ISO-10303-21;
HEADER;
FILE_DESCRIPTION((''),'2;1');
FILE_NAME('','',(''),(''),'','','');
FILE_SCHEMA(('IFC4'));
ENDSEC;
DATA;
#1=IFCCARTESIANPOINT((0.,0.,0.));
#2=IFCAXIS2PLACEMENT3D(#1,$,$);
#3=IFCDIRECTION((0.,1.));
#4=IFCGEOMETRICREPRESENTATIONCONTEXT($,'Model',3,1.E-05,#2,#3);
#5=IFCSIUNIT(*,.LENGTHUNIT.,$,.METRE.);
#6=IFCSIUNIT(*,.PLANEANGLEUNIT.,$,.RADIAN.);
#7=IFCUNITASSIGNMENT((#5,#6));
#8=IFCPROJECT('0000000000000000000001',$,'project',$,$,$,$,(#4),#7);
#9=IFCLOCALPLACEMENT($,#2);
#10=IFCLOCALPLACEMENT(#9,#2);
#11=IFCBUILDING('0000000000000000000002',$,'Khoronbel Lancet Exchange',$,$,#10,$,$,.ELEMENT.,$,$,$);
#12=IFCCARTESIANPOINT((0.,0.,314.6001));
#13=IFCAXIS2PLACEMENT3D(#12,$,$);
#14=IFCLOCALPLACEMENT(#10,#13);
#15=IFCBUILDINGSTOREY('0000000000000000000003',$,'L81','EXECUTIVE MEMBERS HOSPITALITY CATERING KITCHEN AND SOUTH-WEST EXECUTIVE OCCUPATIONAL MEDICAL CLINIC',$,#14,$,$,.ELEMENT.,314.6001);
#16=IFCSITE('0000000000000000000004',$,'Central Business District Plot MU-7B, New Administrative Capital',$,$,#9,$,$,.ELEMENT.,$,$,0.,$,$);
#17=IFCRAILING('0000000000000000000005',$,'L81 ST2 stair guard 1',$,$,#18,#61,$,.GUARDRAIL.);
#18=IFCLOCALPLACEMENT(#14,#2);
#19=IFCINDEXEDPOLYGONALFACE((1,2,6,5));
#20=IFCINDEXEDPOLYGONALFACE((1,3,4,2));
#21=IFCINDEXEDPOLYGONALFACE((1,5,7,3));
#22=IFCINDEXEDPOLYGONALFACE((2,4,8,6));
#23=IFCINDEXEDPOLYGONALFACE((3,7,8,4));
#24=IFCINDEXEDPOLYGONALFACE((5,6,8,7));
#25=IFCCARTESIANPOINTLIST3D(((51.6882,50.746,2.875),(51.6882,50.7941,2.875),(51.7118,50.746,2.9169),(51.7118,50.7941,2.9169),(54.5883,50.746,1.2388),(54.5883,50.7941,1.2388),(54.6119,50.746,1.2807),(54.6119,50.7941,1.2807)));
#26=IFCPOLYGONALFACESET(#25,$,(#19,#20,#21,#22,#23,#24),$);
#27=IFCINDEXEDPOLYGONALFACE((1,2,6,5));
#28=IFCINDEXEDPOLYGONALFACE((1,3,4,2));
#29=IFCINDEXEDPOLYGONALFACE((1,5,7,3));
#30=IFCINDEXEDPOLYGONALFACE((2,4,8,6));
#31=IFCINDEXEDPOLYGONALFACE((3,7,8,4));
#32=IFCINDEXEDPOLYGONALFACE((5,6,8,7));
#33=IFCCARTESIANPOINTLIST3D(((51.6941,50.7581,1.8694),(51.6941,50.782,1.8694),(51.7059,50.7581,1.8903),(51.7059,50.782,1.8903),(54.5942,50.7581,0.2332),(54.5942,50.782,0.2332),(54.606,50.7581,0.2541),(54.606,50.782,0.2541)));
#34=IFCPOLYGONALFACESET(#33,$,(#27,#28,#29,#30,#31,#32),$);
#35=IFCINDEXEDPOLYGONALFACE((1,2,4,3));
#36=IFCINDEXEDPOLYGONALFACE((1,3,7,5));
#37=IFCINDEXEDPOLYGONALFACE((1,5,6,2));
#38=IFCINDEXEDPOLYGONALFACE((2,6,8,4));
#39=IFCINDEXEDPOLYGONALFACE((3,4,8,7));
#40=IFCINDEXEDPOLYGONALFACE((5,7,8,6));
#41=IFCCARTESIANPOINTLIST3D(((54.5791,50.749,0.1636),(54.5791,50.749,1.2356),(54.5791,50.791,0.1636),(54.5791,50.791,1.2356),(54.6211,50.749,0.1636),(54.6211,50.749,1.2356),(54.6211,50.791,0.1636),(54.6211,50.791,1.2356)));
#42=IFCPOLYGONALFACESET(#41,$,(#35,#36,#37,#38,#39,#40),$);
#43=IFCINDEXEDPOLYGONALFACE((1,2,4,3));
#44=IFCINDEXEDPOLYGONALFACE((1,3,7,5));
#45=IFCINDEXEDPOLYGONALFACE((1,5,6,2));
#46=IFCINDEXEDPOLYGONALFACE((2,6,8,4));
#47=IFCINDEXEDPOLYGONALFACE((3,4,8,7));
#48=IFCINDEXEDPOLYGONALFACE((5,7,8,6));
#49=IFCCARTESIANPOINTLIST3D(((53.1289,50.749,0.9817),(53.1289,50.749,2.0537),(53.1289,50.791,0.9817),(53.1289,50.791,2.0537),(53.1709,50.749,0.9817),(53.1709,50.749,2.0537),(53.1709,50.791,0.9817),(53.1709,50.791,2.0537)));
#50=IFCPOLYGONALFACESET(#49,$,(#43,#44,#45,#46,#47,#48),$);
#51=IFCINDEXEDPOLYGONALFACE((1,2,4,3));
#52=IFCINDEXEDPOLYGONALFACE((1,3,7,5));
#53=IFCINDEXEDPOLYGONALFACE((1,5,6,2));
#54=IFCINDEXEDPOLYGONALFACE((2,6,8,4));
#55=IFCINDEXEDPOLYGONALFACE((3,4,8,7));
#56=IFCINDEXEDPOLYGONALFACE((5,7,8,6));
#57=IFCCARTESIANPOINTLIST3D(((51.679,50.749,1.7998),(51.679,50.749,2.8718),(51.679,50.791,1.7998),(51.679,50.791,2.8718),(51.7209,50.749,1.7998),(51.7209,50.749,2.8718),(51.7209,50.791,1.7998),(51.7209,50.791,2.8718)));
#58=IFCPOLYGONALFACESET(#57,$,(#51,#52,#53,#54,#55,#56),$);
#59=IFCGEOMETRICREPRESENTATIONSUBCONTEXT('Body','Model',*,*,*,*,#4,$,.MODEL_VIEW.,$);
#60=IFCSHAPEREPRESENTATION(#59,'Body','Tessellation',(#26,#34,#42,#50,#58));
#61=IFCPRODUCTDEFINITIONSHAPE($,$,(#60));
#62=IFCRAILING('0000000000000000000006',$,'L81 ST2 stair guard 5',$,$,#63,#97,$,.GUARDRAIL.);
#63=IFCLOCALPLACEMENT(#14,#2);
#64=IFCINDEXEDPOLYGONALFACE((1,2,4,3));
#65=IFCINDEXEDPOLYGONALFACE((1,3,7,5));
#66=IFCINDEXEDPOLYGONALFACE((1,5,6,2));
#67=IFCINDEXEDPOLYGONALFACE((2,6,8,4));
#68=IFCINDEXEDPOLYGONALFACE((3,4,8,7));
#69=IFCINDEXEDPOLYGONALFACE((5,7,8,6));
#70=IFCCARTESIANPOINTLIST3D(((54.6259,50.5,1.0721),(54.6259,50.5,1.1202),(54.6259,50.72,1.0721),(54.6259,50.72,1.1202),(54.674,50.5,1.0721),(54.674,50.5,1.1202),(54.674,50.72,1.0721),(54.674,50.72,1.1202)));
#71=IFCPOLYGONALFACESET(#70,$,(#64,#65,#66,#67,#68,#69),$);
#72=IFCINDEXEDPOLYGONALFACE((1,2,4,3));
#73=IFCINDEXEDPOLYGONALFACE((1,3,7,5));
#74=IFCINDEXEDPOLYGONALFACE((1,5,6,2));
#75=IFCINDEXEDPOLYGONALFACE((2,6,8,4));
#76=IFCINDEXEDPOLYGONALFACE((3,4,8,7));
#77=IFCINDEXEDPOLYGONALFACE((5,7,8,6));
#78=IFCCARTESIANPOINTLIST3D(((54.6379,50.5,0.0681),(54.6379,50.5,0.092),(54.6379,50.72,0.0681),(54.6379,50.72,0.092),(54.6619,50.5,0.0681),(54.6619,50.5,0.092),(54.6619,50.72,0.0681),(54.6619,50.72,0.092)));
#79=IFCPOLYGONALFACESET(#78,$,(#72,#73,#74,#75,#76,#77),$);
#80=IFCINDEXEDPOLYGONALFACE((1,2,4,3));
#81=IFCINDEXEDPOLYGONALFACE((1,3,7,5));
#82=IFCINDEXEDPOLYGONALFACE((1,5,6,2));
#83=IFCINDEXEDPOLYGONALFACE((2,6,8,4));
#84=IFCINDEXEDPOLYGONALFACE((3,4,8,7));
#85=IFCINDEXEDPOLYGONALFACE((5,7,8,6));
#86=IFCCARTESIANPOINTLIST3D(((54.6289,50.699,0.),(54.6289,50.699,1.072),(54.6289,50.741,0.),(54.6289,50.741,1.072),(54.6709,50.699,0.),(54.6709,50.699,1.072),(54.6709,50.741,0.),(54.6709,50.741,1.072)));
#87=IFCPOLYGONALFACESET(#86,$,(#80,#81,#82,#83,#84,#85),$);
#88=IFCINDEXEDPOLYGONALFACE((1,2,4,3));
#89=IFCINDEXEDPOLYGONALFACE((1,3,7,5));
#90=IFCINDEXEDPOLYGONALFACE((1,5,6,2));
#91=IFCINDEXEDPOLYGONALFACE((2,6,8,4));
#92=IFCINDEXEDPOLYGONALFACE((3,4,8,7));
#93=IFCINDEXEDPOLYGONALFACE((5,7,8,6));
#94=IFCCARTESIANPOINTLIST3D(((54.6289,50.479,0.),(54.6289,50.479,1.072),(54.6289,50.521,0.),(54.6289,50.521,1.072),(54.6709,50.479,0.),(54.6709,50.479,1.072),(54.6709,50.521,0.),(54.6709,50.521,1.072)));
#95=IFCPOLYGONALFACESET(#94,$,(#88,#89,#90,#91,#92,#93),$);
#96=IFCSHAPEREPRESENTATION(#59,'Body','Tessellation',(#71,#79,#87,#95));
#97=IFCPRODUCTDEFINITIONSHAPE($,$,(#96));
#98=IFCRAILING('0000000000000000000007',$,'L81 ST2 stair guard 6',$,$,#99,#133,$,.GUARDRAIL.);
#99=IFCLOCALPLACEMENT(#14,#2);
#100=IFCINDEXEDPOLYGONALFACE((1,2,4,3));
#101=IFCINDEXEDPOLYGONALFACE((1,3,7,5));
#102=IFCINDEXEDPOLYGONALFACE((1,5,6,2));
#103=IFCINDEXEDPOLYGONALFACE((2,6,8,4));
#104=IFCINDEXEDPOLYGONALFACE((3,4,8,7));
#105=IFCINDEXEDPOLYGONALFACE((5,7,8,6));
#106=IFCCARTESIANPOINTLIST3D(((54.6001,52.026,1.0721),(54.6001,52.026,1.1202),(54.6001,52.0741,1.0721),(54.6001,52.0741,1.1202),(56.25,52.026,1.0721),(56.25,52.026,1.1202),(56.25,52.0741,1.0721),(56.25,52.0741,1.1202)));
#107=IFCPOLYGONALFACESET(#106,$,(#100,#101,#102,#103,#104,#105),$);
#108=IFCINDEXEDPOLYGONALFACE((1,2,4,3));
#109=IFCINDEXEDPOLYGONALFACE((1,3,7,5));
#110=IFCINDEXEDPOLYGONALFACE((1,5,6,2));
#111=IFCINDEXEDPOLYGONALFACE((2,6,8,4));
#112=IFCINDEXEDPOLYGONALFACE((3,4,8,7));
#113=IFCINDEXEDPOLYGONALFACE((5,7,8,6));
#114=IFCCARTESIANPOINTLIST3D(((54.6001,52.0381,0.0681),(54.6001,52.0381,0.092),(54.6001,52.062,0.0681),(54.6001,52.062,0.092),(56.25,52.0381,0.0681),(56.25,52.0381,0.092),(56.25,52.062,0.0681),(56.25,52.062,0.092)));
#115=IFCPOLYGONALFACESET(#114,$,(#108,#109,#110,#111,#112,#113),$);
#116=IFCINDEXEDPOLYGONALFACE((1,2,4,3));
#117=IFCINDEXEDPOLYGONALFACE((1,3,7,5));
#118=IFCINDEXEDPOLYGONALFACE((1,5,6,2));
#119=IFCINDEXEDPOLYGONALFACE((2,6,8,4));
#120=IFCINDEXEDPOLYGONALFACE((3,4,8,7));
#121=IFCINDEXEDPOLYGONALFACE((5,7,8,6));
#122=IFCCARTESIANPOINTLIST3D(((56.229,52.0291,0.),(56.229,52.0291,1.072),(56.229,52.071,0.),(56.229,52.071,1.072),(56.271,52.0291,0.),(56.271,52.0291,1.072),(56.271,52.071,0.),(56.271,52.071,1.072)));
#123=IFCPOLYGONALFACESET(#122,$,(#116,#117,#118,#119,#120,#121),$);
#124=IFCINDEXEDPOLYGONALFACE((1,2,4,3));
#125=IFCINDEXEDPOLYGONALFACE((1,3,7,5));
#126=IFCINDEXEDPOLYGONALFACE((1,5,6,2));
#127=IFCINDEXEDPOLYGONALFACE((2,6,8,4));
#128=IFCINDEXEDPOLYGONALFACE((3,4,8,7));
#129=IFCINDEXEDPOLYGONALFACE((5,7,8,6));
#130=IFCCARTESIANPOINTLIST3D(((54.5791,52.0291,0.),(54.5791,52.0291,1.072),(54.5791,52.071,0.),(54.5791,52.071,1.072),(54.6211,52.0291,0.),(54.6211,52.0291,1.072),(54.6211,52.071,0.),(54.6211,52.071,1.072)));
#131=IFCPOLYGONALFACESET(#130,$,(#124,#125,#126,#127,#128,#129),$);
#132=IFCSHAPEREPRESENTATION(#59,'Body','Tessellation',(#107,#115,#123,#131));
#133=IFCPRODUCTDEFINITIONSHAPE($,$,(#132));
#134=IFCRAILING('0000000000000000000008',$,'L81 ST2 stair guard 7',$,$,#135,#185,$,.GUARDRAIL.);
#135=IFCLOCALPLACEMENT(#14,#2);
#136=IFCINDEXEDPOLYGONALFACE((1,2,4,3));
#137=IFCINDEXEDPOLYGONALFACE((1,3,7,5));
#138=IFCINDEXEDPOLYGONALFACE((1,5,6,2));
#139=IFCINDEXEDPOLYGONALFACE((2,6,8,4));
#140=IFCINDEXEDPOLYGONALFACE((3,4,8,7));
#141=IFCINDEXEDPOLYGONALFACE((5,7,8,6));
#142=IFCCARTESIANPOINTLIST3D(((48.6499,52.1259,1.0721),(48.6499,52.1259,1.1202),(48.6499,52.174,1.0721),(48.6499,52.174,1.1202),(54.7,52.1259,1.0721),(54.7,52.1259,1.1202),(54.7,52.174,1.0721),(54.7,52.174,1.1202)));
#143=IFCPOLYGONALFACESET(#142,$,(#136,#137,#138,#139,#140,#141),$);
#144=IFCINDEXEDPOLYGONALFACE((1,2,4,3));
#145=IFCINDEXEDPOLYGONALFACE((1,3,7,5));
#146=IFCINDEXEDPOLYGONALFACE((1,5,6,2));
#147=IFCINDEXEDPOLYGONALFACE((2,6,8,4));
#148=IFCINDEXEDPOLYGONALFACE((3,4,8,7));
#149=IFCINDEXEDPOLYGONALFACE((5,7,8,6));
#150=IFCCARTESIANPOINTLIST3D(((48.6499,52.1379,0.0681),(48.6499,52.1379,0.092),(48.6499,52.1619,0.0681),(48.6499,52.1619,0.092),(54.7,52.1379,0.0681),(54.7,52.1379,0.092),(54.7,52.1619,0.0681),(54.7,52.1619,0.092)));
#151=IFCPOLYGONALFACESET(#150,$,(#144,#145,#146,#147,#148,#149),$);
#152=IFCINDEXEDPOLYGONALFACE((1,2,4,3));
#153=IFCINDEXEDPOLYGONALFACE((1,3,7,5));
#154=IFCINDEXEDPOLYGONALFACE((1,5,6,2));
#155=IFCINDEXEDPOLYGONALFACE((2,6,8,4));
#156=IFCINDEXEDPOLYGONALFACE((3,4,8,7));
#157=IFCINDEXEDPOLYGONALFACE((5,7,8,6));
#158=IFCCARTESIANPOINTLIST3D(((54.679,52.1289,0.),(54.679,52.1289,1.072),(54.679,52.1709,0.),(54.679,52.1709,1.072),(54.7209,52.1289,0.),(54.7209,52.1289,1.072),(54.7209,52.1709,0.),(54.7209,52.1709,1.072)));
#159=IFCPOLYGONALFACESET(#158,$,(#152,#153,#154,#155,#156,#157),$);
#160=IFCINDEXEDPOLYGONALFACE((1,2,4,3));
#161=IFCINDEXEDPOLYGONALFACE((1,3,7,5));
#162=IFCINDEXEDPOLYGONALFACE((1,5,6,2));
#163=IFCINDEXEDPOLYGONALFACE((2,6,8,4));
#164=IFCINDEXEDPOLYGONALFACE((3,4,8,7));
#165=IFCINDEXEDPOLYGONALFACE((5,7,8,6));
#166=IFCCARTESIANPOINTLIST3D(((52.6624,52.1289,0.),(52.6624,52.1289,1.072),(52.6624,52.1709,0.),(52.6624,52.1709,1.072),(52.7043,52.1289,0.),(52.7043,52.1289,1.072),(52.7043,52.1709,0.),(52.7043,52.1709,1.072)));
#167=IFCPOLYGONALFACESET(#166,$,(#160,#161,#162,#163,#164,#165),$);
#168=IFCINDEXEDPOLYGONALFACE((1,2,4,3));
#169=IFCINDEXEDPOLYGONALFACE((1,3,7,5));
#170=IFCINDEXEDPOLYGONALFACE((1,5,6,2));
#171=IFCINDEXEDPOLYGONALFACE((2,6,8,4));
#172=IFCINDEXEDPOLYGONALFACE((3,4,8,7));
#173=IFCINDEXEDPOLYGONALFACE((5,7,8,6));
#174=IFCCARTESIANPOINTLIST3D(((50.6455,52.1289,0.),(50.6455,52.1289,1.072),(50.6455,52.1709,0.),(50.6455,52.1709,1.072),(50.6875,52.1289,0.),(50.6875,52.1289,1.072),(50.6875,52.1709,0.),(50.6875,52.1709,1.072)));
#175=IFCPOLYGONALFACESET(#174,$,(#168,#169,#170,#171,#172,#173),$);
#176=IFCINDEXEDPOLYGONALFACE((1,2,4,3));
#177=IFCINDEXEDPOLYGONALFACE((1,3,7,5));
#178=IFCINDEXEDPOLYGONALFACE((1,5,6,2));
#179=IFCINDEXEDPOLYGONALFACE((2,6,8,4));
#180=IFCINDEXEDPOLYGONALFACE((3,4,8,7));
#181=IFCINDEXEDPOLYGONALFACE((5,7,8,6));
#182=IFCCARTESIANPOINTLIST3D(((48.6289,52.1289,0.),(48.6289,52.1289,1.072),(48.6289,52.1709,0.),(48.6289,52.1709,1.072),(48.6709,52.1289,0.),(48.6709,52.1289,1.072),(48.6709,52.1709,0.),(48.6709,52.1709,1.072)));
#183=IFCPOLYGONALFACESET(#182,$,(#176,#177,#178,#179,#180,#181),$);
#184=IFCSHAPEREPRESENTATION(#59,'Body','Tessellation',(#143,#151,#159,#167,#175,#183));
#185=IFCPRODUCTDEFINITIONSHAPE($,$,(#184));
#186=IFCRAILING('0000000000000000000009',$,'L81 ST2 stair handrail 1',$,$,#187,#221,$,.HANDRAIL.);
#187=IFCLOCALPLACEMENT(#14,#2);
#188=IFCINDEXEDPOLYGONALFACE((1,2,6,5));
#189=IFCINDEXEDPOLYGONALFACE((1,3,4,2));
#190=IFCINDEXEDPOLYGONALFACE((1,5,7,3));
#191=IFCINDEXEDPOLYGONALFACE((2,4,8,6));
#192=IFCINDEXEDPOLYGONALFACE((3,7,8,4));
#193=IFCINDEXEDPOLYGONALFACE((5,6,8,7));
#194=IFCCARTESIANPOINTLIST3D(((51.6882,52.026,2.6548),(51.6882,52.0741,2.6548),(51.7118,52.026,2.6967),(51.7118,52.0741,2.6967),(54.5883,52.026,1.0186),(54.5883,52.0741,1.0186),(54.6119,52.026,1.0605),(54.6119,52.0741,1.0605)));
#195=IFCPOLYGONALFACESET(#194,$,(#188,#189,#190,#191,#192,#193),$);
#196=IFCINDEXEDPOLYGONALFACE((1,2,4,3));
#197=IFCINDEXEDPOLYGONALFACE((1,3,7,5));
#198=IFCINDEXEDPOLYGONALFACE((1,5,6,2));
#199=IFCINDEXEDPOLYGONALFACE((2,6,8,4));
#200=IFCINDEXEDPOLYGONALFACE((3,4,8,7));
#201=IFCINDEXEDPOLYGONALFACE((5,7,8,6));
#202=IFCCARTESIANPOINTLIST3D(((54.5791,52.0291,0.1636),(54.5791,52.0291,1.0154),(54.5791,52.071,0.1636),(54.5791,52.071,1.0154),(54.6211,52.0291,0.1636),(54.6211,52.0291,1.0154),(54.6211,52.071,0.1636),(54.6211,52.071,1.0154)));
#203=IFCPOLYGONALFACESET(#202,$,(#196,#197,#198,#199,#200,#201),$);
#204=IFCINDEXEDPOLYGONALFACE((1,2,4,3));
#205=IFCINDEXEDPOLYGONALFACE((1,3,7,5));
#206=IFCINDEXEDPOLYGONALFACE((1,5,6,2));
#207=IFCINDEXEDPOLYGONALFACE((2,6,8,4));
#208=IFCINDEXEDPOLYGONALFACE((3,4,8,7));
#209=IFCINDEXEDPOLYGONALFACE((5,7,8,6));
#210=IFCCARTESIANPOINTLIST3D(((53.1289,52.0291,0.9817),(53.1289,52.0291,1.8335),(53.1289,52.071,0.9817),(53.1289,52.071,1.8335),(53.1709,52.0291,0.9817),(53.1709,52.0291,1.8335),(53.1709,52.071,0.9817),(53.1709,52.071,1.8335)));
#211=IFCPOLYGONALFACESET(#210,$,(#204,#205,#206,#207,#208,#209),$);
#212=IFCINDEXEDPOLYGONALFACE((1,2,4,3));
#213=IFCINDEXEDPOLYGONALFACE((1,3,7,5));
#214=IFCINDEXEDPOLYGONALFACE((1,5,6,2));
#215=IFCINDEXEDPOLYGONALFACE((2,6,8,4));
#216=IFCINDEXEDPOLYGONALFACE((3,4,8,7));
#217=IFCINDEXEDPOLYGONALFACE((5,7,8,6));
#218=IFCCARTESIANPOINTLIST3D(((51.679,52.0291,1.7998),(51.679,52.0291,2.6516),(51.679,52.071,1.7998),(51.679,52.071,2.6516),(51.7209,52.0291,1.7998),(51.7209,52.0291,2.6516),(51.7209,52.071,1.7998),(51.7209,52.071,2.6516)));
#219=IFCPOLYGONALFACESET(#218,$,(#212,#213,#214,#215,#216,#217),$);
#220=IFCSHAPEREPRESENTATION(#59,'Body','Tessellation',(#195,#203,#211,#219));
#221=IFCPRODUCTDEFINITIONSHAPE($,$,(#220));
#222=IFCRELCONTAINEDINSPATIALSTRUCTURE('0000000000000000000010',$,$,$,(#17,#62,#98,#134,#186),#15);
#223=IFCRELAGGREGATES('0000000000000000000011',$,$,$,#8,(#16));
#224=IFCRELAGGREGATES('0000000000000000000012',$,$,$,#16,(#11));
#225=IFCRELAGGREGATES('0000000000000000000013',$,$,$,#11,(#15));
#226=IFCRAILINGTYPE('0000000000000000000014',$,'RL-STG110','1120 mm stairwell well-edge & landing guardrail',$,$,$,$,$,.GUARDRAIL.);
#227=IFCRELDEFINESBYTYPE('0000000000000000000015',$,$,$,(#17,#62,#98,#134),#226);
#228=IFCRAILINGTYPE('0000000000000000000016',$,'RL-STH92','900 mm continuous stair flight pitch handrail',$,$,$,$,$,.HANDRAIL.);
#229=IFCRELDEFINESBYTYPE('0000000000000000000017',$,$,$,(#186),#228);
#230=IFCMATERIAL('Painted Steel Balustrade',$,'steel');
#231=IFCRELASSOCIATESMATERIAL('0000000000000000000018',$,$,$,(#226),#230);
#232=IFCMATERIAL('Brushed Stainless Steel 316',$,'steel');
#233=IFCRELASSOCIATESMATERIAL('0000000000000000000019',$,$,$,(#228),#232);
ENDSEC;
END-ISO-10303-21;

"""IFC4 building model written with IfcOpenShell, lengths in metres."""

from ifc_helpers import new_model, si_unit, direction, frame, origin, origin_2d, place, context, subcontext, project, spatial, rectangle, extrude, material, type_object, element, save


model = new_model("IFC4")

# Units and contexts
model_context = context("Model", 3, precision=1e-05, world=origin(), true_north=direction((0.0, 1.0)))
body_context = subcontext(model_context, "Body", "Model", "MODEL_VIEW")
ifc_project = project(units=[si_unit("LENGTHUNIT", "METRE"), si_unit("PLANEANGLEUNIT", "RADIAN")], contexts=[model_context])

# Site, building, storey
site_placement = place(None, origin())
site = spatial("IfcSite", under=ifc_project, at=site_placement, Name="Central Business District Plot MU-7B, New Administrative Capital", CompositionType="ELEMENT", RefElevation=0.0)
building_placement = place(site_placement, origin())
building = spatial("IfcBuilding", under=site, at=building_placement, Name="Khoronbel Lancet Exchange", CompositionType="ELEMENT")
storey_placement = place(building_placement, frame((0.0, 0.0, 314.6001)))
storey = spatial("IfcBuildingStorey", under=building, at=storey_placement, Name="L81", Description="EXECUTIVE MEMBERS HOSPITALITY CATERING KITCHEN AND SOUTH-WEST EXECUTIVE OCCUPATIONAL MEDICAL CLINIC", CompositionType="ELEMENT", Elevation=314.6001)

# Railings
ifc_material_1 = material(Name="Painted Steel Balustrade", Category="steel")
railing_type_1 = type_object("IfcRailingType", Name="RL-STG110", Description="1120 mm stairwell well-edge & landing guardrail", PredefinedType="GUARDRAIL", material=ifc_material_1)
railing_1_placement = place(storey_placement, frame((54.6001, 50.77, 0.1636)))
element("IfcRailing", 1, at=railing_1_placement, inside=storey, type_object=railing_type_1, Name="L81 ST2 stair guard 1", PredefinedType="GUARDRAIL", context=body_context, shape_type="SweptSolid", body=[
    extrude(rectangle(XDim=0.0481, YDim=0.0481, at=origin_2d()), frame((0.0, 0.0, 1.0962), z_axis=(-0.870946, 0.0, 0.491378), x_axis=(0.0, -1.0, 0.0)), (0.0, 0.0, 1.0), 3.3298),
    extrude(rectangle(XDim=0.0239, YDim=0.0239, at=origin_2d()), frame((0.0, 0.0, 0.0801), z_axis=(-0.870946, 0.0, 0.491378), x_axis=(0.0, -1.0, 0.0)), (0.0, 0.0, 1.0), 3.3298),
    extrude(rectangle(XDim=0.042, YDim=0.042, at=origin_2d()), origin(), (0.0, 0.0, 1.0), 1.072),
    extrude(rectangle(XDim=0.042, YDim=0.042, at=origin_2d()), frame((-1.4502, 0.0, 0.8181)), (0.0, 0.0, 1.0), 1.072),
    extrude(rectangle(XDim=0.042, YDim=0.042, at=origin_2d()), frame((-2.9001, 0.0, 1.6362)), (0.0, 0.0, 1.0), 1.072),
])
railing_2_placement = place(storey_placement, frame((54.6499, 50.72, 0.0)))
element("IfcRailing", 2, at=railing_2_placement, inside=storey, type_object=railing_type_1, Name="L81 ST2 stair guard 5", PredefinedType="GUARDRAIL", context=body_context, shape_type="SweptSolid", body=[
    extrude(rectangle(XDim=0.0481, YDim=0.0481, at=origin_2d()), frame((0.0, 0.0, 1.0962), z_axis=(0.0, -1.0, 0.0), x_axis=(1.0, 0.0, 0.0)), (0.0, 0.0, 1.0), 0.22),
    extrude(rectangle(XDim=0.0239, YDim=0.0239, at=origin_2d()), frame((0.0, 0.0, 0.0801), z_axis=(0.0, -1.0, 0.0), x_axis=(1.0, 0.0, 0.0)), (0.0, 0.0, 1.0), 0.22),
    extrude(rectangle(XDim=0.042, YDim=0.042, at=origin_2d()), origin(), (0.0, 0.0, 1.0), 1.072),
    extrude(rectangle(XDim=0.042, YDim=0.042, at=origin_2d()), frame((0.0, -0.22, 0.0)), (0.0, 0.0, 1.0), 1.072),
])
railing_3_placement = place(storey_placement, frame((56.25, 52.05, 0.0)))
element("IfcRailing", 3, at=railing_3_placement, inside=storey, type_object=railing_type_1, Name="L81 ST2 stair guard 6", PredefinedType="GUARDRAIL", context=body_context, shape_type="SweptSolid", body=[
    extrude(rectangle(XDim=0.0481, YDim=0.0481, at=origin_2d()), frame((0.0, 0.0, 1.0962), z_axis=(-1.0, 0.0, 0.0), x_axis=(0.0, -1.0, 0.0)), (0.0, 0.0, 1.0), 1.6499),
    extrude(rectangle(XDim=0.0239, YDim=0.0239, at=origin_2d()), frame((0.0, 0.0, 0.0801), z_axis=(-1.0, 0.0, 0.0), x_axis=(0.0, -1.0, 0.0)), (0.0, 0.0, 1.0), 1.6499),
    extrude(rectangle(XDim=0.042, YDim=0.042, at=origin_2d()), origin(), (0.0, 0.0, 1.0), 1.072),
    extrude(rectangle(XDim=0.042, YDim=0.042, at=origin_2d()), frame((-1.6499, 0.0, 0.0)), (0.0, 0.0, 1.0), 1.072),
])
railing_4_placement = place(storey_placement, frame((54.7, 52.1499, 0.0)))
element("IfcRailing", 4, at=railing_4_placement, inside=storey, type_object=railing_type_1, Name="L81 ST2 stair guard 7", PredefinedType="GUARDRAIL", context=body_context, shape_type="SweptSolid", body=[
    extrude(rectangle(XDim=0.0481, YDim=0.0481, at=origin_2d()), frame((0.0, 0.0, 1.0962), z_axis=(-1.0, 0.0, 0.0), x_axis=(0.0, -1.0, 0.0)), (0.0, 0.0, 1.0), 6.05),
    extrude(rectangle(XDim=0.0239, YDim=0.0239, at=origin_2d()), frame((0.0, 0.0, 0.0801), z_axis=(-1.0, 0.0, 0.0), x_axis=(0.0, -1.0, 0.0)), (0.0, 0.0, 1.0), 6.05),
    extrude(rectangle(XDim=0.042, YDim=0.042, at=origin_2d()), origin(), (0.0, 0.0, 1.0), 1.072),
    extrude(rectangle(XDim=0.042, YDim=0.042, at=origin_2d()), frame((-2.0166, 0.0, 0.0)), (0.0, 0.0, 1.0), 1.072),
    extrude(rectangle(XDim=0.042, YDim=0.042, at=origin_2d()), frame((-4.0334, 0.0, 0.0)), (0.0, 0.0, 1.0), 1.072),
    extrude(rectangle(XDim=0.042, YDim=0.042, at=origin_2d()), frame((-6.05, 0.0, 0.0)), (0.0, 0.0, 1.0), 1.072),
])
ifc_material_2 = material(Name="Brushed Stainless Steel 316", Category="steel")
railing_type_2 = type_object("IfcRailingType", Name="RL-STH92", Description="900 mm continuous stair flight pitch handrail", PredefinedType="HANDRAIL", material=ifc_material_2)
railing_5_placement = place(storey_placement, frame((54.6001, 52.05, 0.1636)))
element("IfcRailing", 5, at=railing_5_placement, inside=storey, type_object=railing_type_2, Name="L81 ST2 stair handrail 1", PredefinedType="HANDRAIL", context=body_context, shape_type="SweptSolid", body=[
    extrude(rectangle(XDim=0.0481, YDim=0.0481, at=origin_2d()), frame((0.0, 0.0, 0.876), z_axis=(-0.870946, 0.0, 0.491378), x_axis=(0.0, -1.0, 0.0)), (0.0, 0.0, 1.0), 3.3298),
    extrude(rectangle(XDim=0.042, YDim=0.042, at=origin_2d()), origin(), (0.0, 0.0, 1.0), 0.8518),
    extrude(rectangle(XDim=0.042, YDim=0.042, at=origin_2d()), frame((-1.4502, 0.0, 0.8181)), (0.0, 0.0, 1.0), 0.8518),
    extrude(rectangle(XDim=0.042, YDim=0.042, at=origin_2d()), frame((-2.9001, 0.0, 1.6362)), (0.0, 0.0, 1.0), 0.8518),
])

save(model, "model.ifc")
